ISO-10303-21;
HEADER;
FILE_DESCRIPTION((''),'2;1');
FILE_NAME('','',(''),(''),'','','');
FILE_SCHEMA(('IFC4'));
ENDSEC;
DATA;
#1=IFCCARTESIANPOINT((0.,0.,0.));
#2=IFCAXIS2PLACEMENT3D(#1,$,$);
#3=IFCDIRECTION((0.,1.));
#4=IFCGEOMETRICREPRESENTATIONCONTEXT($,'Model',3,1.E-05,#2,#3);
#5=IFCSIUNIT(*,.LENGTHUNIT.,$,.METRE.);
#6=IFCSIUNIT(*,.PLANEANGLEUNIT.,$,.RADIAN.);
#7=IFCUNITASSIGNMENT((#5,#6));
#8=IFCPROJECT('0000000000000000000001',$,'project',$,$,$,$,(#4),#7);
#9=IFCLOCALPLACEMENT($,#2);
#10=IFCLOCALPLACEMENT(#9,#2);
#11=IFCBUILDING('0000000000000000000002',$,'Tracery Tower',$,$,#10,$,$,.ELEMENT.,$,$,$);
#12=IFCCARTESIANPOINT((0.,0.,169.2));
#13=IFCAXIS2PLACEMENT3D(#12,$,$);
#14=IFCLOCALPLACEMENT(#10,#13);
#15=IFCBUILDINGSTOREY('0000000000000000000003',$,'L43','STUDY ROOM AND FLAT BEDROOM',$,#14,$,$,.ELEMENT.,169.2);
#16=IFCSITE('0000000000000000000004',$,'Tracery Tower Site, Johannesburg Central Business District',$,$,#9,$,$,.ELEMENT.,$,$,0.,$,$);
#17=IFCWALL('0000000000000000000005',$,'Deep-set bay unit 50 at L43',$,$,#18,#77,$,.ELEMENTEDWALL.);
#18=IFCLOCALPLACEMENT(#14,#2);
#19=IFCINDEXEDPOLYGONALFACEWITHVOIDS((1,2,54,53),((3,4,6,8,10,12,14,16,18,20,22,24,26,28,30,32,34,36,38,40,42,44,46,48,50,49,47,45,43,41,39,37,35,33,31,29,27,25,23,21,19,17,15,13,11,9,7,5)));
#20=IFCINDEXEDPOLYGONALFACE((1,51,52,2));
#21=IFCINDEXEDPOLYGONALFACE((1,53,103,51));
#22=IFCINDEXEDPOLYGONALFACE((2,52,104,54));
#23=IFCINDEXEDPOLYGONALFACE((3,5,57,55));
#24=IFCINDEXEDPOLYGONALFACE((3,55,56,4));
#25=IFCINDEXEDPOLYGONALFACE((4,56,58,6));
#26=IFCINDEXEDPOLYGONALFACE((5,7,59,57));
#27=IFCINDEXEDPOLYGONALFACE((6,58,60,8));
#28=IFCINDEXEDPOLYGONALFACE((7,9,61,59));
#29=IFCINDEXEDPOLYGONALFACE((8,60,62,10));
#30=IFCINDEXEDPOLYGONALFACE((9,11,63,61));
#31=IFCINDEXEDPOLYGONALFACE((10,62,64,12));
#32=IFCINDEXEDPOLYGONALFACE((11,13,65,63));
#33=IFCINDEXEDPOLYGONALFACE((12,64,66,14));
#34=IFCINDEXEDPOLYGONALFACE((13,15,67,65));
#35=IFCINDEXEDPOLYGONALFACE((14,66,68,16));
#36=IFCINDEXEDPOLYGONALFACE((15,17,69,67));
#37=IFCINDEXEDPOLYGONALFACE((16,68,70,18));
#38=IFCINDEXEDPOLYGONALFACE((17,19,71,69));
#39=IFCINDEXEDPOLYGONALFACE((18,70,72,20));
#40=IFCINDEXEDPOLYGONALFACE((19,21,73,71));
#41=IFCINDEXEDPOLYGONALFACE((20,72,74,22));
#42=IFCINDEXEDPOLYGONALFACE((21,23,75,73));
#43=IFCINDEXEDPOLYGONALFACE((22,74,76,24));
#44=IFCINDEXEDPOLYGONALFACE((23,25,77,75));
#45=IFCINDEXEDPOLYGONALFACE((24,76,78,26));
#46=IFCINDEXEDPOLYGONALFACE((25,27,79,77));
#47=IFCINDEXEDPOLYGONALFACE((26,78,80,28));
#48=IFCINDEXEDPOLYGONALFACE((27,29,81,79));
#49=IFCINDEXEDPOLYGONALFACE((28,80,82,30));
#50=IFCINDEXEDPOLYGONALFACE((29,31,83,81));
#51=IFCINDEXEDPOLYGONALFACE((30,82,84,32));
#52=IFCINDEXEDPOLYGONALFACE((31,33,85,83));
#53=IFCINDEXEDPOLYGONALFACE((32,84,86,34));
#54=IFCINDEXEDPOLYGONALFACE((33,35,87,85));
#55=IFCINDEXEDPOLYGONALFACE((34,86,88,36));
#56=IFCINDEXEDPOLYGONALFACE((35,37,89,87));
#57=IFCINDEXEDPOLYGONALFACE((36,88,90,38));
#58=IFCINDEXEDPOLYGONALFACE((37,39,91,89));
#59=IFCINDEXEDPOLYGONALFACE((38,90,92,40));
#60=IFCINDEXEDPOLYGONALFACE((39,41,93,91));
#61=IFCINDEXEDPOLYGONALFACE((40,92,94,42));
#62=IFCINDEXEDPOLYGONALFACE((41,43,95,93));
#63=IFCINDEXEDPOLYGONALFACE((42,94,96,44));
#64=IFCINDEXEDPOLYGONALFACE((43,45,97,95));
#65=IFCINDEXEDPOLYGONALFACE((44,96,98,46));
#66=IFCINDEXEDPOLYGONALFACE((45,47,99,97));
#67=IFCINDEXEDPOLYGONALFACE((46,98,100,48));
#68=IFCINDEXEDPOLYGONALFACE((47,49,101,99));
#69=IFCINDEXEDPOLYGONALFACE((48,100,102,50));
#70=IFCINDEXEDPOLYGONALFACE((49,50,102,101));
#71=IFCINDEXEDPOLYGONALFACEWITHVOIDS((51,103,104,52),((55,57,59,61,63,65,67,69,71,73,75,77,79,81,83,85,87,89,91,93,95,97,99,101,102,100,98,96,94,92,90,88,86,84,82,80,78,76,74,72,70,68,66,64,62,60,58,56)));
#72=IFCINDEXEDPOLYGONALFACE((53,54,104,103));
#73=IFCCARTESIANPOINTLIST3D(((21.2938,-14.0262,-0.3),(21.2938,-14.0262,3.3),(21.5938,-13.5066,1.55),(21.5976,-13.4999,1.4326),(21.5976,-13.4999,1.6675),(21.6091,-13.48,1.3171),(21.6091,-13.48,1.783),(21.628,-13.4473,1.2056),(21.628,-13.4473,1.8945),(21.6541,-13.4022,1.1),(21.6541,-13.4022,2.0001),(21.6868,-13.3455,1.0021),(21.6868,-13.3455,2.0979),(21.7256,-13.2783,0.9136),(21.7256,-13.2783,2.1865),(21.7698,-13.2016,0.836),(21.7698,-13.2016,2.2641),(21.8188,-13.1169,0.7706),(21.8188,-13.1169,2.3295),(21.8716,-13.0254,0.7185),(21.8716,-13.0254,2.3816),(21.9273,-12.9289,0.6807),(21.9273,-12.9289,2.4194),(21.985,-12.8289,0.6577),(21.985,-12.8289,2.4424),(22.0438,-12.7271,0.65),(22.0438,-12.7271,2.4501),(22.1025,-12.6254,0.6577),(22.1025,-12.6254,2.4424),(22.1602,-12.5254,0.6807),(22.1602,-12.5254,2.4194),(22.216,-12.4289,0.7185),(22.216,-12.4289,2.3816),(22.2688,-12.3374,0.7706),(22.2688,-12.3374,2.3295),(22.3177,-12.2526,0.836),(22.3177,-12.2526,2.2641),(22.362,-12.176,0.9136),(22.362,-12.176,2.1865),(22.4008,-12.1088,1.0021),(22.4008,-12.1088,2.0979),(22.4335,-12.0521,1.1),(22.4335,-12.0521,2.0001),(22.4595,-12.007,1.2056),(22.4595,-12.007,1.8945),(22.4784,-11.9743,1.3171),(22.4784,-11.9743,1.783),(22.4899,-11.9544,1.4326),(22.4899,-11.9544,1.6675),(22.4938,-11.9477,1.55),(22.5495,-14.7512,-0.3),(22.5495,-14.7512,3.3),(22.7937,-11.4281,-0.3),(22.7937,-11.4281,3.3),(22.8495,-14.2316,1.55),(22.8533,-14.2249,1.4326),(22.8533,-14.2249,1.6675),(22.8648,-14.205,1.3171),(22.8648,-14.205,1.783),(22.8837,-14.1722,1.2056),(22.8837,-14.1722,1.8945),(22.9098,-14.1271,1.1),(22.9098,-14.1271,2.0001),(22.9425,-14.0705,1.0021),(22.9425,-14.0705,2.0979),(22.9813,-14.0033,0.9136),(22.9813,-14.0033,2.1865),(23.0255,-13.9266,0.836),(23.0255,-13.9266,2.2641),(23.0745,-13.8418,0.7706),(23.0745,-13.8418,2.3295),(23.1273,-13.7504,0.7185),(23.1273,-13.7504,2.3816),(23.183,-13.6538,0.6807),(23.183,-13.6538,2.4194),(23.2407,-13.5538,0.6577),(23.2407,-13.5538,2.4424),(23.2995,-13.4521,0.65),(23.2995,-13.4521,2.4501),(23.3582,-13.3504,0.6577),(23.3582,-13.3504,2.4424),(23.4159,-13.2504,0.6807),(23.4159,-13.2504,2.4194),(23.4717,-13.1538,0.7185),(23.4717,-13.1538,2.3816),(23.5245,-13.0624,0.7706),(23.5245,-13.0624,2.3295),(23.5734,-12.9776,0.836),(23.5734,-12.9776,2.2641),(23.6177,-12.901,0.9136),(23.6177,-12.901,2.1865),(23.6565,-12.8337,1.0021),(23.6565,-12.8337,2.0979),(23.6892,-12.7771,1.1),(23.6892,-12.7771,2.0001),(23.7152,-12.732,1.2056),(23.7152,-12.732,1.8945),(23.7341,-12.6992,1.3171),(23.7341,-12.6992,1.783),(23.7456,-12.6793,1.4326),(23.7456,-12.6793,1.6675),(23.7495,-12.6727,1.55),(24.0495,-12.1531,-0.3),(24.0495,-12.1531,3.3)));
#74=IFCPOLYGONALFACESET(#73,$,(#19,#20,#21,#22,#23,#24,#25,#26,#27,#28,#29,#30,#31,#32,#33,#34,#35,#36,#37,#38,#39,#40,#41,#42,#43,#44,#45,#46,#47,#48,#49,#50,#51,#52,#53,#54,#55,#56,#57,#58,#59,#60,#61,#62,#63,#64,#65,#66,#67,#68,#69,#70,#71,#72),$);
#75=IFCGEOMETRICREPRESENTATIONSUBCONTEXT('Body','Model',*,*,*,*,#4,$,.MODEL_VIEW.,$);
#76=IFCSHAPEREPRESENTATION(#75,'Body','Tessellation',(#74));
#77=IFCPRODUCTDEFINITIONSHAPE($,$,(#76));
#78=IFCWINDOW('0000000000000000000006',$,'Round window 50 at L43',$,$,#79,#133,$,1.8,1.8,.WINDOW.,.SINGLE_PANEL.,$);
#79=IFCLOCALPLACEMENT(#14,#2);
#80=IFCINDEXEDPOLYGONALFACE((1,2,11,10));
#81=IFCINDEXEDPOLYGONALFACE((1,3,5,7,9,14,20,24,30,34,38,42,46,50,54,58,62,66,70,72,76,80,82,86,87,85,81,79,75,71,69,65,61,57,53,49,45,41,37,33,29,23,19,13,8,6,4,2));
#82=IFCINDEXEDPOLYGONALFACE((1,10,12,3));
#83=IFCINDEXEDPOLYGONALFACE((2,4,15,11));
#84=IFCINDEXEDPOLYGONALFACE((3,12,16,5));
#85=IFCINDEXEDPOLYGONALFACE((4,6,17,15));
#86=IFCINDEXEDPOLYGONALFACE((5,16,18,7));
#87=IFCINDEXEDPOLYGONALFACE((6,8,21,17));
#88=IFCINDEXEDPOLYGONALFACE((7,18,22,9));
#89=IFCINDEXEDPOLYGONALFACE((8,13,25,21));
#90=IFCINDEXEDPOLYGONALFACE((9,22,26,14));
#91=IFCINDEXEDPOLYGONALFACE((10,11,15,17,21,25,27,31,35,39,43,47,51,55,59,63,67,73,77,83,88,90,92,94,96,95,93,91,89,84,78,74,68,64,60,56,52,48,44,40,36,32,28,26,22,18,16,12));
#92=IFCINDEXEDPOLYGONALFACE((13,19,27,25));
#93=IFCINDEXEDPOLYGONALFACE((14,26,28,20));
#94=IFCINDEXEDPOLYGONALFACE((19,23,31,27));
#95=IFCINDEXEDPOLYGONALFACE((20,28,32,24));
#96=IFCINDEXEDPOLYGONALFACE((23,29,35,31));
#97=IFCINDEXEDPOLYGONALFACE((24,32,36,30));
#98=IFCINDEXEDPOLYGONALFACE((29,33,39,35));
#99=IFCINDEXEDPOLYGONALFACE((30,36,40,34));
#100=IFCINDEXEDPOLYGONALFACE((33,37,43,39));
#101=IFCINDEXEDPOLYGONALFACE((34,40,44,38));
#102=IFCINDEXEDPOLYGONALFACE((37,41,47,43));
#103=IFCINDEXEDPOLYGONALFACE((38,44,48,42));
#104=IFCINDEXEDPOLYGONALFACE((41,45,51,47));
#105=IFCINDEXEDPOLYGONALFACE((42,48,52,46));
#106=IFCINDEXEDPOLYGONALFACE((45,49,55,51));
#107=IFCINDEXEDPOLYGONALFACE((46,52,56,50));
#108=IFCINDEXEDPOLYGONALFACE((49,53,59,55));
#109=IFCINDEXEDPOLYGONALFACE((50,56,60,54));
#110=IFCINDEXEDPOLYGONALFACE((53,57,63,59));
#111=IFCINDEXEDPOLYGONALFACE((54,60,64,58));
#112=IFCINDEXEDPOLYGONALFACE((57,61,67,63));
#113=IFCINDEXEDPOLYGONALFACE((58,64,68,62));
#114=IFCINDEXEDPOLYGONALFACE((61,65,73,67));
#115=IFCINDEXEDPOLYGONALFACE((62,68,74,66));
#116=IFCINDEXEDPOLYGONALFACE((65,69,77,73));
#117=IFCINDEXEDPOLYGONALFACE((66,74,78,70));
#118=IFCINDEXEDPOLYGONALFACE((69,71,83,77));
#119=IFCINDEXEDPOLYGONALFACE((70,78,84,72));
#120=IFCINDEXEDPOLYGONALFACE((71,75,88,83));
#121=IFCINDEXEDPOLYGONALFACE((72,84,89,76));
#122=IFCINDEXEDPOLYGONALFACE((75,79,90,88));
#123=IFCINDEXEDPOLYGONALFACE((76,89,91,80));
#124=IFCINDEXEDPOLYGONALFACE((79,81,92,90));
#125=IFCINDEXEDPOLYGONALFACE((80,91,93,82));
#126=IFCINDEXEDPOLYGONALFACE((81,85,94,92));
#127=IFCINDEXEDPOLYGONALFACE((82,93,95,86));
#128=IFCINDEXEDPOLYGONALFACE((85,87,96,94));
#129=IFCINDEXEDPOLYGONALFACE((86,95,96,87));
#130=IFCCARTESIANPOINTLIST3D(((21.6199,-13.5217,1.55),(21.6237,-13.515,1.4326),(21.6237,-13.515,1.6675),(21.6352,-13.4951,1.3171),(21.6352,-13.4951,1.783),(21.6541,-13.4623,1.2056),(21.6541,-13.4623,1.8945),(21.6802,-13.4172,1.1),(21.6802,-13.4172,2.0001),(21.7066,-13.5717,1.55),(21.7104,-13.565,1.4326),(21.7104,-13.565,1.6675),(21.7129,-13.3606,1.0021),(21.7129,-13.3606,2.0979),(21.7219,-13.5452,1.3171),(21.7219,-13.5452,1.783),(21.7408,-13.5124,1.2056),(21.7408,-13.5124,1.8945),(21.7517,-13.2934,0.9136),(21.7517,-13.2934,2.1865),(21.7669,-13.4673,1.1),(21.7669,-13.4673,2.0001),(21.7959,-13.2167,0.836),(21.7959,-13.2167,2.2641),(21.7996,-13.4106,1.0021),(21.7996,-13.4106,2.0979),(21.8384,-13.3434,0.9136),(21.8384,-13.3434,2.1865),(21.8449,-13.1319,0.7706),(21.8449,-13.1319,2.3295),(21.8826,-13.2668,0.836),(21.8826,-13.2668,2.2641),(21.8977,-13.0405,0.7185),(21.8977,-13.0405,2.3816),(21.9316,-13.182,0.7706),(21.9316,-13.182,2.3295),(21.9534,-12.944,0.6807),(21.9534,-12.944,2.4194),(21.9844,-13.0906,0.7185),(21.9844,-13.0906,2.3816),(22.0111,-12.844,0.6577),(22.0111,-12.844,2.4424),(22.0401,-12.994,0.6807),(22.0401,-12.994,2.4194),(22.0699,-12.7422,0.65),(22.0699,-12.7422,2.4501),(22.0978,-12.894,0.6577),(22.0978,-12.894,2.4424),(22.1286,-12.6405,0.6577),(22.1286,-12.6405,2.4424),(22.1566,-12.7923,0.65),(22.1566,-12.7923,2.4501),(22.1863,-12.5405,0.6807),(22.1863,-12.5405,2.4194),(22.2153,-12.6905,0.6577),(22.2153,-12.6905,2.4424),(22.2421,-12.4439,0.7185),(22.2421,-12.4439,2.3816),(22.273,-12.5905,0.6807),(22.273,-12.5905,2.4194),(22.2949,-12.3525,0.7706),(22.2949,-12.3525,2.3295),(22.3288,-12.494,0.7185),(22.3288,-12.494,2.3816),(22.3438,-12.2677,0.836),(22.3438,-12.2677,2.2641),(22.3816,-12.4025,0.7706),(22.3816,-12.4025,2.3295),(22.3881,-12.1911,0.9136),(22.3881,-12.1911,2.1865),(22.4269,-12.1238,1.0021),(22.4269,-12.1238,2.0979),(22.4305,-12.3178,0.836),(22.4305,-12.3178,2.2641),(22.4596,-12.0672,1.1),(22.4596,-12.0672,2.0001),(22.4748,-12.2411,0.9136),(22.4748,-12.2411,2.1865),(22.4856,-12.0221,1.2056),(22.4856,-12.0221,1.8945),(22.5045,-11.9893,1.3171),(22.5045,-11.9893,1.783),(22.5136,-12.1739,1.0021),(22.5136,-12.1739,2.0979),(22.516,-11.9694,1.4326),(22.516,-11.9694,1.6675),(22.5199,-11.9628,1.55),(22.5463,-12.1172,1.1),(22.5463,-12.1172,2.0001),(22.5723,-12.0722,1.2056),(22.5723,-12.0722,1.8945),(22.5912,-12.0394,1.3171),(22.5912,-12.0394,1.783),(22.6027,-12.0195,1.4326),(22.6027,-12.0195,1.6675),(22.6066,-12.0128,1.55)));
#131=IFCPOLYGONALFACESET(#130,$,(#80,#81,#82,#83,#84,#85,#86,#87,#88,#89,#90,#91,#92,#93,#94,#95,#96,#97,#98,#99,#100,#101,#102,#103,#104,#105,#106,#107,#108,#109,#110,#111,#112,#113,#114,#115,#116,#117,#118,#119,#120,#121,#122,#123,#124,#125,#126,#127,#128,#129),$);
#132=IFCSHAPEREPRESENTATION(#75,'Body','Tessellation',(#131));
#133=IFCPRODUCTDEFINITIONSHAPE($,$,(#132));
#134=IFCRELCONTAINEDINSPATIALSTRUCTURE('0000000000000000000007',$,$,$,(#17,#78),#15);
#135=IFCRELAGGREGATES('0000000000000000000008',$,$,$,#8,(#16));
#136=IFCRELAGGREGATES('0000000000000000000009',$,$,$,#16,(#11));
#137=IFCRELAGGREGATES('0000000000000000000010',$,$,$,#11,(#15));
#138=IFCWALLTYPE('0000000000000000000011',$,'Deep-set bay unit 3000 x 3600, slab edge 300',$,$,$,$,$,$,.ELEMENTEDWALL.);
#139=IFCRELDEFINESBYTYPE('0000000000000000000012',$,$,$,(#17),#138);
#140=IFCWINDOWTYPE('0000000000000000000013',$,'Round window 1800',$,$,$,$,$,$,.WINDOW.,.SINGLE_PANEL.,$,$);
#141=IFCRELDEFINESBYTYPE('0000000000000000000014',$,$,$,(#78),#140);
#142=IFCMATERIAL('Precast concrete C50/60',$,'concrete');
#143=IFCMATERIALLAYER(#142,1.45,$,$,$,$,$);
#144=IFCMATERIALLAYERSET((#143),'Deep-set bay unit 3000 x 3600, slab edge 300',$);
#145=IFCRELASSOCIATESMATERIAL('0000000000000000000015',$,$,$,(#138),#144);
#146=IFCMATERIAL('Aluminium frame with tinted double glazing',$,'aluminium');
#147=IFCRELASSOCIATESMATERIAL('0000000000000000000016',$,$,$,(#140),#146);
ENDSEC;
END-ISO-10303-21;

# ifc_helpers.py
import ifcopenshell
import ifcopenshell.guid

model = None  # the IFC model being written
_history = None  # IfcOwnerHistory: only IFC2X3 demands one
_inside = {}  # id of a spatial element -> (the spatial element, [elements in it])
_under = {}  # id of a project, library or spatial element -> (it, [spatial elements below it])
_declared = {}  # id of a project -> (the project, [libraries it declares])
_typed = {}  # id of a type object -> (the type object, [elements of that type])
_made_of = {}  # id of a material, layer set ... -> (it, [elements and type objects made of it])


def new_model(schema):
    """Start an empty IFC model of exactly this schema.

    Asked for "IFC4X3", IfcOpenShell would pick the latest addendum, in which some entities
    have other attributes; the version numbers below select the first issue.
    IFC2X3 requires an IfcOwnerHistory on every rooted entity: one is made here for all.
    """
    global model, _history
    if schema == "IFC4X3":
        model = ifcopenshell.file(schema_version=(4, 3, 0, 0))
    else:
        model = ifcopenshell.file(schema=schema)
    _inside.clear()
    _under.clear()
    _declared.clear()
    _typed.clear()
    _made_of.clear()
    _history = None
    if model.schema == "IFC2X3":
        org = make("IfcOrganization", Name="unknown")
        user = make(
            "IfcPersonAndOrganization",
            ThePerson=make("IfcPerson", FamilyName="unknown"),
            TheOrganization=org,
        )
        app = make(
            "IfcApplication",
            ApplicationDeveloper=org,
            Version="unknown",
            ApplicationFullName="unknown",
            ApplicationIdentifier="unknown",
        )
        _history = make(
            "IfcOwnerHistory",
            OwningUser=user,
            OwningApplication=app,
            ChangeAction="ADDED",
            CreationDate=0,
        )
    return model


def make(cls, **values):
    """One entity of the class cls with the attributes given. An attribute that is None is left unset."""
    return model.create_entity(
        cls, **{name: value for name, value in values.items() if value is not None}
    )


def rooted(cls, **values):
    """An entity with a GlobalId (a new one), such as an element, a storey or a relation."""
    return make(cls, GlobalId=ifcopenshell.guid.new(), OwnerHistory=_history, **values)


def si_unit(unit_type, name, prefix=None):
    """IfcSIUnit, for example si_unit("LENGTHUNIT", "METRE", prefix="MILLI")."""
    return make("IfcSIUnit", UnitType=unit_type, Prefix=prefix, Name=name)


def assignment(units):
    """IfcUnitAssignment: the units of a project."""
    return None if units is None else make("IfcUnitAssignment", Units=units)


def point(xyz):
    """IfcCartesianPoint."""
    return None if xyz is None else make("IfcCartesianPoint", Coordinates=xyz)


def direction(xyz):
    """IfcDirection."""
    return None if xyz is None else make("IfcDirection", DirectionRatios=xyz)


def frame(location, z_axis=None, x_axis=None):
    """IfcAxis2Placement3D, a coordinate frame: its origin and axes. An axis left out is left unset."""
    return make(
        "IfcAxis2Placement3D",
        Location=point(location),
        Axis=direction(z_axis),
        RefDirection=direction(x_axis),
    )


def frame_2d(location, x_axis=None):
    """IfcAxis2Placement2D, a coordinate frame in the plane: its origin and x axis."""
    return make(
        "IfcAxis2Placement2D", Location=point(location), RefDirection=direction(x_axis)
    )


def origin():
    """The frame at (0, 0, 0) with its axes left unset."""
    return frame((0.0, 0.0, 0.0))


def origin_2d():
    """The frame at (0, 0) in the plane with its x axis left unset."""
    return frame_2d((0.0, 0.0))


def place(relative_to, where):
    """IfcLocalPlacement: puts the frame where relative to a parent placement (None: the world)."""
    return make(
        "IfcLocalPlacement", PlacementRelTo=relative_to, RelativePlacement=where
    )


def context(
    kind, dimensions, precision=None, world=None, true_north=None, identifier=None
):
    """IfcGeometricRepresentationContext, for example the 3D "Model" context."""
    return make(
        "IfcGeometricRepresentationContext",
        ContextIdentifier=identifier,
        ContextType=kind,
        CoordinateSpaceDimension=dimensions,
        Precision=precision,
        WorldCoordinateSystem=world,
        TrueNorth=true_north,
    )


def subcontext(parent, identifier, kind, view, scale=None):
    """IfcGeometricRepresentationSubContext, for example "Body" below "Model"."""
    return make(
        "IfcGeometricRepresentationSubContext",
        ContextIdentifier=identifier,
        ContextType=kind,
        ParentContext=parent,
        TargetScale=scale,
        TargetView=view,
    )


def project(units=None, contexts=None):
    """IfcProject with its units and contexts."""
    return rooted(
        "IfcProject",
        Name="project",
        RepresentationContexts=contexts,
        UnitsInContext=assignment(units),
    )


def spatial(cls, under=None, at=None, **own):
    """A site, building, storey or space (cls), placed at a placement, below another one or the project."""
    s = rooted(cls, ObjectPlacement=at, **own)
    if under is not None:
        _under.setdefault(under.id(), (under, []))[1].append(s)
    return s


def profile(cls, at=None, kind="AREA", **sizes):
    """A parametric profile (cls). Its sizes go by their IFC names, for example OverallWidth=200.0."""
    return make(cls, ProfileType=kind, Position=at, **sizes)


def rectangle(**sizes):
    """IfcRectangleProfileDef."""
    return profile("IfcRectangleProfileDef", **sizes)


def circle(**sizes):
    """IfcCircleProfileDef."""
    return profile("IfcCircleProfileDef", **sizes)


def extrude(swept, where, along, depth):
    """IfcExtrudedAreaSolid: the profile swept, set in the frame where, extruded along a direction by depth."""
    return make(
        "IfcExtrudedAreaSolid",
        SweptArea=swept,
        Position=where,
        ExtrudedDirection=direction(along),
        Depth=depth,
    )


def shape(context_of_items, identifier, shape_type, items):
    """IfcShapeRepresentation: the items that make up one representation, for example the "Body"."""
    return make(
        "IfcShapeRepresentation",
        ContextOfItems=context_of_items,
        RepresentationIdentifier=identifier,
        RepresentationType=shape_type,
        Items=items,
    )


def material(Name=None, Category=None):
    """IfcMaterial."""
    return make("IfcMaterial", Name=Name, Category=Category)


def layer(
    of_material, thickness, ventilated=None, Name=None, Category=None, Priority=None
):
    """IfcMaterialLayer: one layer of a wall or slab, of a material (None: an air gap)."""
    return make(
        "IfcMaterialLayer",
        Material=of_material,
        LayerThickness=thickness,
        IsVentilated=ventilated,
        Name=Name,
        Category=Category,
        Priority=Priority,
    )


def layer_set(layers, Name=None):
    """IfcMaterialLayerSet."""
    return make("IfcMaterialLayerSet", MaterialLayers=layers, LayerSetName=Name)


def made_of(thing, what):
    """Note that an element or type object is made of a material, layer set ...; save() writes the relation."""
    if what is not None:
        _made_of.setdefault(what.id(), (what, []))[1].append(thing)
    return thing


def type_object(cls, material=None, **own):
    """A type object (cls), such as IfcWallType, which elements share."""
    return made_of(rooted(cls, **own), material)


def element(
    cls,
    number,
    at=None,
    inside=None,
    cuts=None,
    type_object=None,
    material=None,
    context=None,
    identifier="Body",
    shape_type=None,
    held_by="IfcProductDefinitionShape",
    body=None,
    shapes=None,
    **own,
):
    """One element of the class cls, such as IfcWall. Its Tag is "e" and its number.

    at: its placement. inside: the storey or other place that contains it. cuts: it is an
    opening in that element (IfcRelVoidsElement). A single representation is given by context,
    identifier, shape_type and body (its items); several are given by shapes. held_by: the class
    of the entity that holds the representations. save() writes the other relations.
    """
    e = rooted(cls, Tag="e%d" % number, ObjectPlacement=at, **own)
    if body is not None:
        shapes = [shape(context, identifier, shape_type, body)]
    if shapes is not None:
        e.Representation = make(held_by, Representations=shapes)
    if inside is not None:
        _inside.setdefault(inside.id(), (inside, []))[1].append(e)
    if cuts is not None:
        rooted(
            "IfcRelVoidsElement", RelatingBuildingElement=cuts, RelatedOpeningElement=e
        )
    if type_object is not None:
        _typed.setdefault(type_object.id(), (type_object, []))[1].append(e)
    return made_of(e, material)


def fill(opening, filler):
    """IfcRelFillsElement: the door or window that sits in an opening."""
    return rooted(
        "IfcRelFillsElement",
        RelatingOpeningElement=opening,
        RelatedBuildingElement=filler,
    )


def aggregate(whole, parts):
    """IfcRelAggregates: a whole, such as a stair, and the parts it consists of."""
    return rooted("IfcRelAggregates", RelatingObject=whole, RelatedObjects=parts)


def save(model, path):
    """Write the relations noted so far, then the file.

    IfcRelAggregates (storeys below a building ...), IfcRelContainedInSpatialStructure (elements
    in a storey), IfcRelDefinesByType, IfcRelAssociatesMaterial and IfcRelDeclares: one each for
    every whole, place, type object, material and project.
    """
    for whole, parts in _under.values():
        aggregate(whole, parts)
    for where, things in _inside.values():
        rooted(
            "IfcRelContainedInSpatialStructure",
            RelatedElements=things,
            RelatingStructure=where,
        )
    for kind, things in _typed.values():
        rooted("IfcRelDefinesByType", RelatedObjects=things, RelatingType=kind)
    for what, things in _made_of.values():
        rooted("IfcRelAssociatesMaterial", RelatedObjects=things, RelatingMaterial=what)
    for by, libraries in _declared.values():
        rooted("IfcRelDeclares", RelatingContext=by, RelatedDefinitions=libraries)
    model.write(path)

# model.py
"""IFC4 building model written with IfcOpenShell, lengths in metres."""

from ifc_helpers import new_model, si_unit, direction, frame, frame_2d, origin, origin_2d, place, context, subcontext, project, spatial, rectangle, circle, extrude, material, layer, layer_set, type_object, element, fill, save


model = new_model("IFC4")

# Units and contexts
model_context = context("Model", 3, precision=1e-05, world=origin(), true_north=direction((0.0, 1.0)))
body_context = subcontext(model_context, "Body", "Model", "MODEL_VIEW")
ifc_project = project(units=[si_unit("LENGTHUNIT", "METRE"), si_unit("PLANEANGLEUNIT", "RADIAN")], contexts=[model_context])

# Site, building, storey
site_placement = place(None, origin())
site = spatial("IfcSite", under=ifc_project, at=site_placement, Name="Tracery Tower Site, Johannesburg Central Business District", CompositionType="ELEMENT", RefElevation=0.0)
building_placement = place(site_placement, origin())
building = spatial("IfcBuilding", under=site, at=building_placement, Name="Tracery Tower", CompositionType="ELEMENT")
storey_placement = place(building_placement, frame((0.0, 0.0, 169.2)))
storey = spatial("IfcBuildingStorey", under=building, at=storey_placement, Name="L43", Description="STUDY ROOM AND FLAT BEDROOM", CompositionType="ELEMENT", Elevation=169.2)

# Wall, opening, window
ifc_material_1 = material(Name="Precast concrete C50/60", Category="concrete")
ifc_layer_1 = layer(ifc_material_1, 1.45)
ifc_layer_set_1 = layer_set([ifc_layer_1], Name="Deep-set bay unit 3000 x 3600, slab edge 300")
wall_type_1 = type_object("IfcWallType", Name="Deep-set bay unit 3000 x 3600, slab edge 300", PredefinedType="ELEMENTEDWALL", material=ifc_layer_set_1)
ifc_material_2 = material(Name="Aluminium frame with tinted double glazing", Category="aluminium")
window_type = type_object("IfcWindowType", Name="Round window 1800", PartitioningType="SINGLE_PANEL", PredefinedType="WINDOW", material=ifc_material_2)
wall_1_placement = place(storey_placement, frame((21.9216, -14.3887, -0.3), z_axis=(0.0, 0.0, 1.0), x_axis=(0.49999, 0.866031, 0.0)))
wall_1 = element("IfcWall", 1, at=wall_1_placement, inside=storey, type_object=wall_type_1, Name="Deep-set bay unit 50 at L43", PredefinedType="ELEMENTEDWALL", context=body_context, shape_type="SweptSolid", body=[
    extrude(rectangle(XDim=3.0, YDim=1.45, at=frame_2d((1.5, 0.0))), origin(), (0.0, 0.0, 1.0), 3.6001),
])
opening_1_placement = place(wall_1_placement, frame((1.5, 0.0, 1.8501)))
opening_1 = element("IfcOpeningElement", 2, at=opening_1_placement, cuts=wall_1, PredefinedType="OPENING", context=body_context, shape_type="SweptSolid", body=[
    extrude(circle(Radius=0.9, at=origin_2d()), frame((0.0, 0.7349, 0.0), z_axis=(0.0, -1.0, 0.0), x_axis=(1.0, 0.0, 0.0)), (0.0, 0.0, 1.0), 1.47),
])
window_1_placement = place(opening_1_placement, origin())
window_1 = element("IfcWindow", 3, at=window_1_placement, inside=storey, type_object=window_type, Name="Round window 50 at L43", OverallHeight=1.8, OverallWidth=1.8, PartitioningType="SINGLE_PANEL", PredefinedType="WINDOW", context=body_context, shape_type="SweptSolid", body=[
    extrude(circle(Radius=0.9, at=origin_2d()), frame((0.0, 0.6948, 0.0), z_axis=(0.0, -1.0, 0.0), x_axis=(1.0, 0.0, 0.0)), (0.0, 0.0, 1.0), 0.1001),
])
fill(opening_1, window_1)

save(model, "model.ifc")
